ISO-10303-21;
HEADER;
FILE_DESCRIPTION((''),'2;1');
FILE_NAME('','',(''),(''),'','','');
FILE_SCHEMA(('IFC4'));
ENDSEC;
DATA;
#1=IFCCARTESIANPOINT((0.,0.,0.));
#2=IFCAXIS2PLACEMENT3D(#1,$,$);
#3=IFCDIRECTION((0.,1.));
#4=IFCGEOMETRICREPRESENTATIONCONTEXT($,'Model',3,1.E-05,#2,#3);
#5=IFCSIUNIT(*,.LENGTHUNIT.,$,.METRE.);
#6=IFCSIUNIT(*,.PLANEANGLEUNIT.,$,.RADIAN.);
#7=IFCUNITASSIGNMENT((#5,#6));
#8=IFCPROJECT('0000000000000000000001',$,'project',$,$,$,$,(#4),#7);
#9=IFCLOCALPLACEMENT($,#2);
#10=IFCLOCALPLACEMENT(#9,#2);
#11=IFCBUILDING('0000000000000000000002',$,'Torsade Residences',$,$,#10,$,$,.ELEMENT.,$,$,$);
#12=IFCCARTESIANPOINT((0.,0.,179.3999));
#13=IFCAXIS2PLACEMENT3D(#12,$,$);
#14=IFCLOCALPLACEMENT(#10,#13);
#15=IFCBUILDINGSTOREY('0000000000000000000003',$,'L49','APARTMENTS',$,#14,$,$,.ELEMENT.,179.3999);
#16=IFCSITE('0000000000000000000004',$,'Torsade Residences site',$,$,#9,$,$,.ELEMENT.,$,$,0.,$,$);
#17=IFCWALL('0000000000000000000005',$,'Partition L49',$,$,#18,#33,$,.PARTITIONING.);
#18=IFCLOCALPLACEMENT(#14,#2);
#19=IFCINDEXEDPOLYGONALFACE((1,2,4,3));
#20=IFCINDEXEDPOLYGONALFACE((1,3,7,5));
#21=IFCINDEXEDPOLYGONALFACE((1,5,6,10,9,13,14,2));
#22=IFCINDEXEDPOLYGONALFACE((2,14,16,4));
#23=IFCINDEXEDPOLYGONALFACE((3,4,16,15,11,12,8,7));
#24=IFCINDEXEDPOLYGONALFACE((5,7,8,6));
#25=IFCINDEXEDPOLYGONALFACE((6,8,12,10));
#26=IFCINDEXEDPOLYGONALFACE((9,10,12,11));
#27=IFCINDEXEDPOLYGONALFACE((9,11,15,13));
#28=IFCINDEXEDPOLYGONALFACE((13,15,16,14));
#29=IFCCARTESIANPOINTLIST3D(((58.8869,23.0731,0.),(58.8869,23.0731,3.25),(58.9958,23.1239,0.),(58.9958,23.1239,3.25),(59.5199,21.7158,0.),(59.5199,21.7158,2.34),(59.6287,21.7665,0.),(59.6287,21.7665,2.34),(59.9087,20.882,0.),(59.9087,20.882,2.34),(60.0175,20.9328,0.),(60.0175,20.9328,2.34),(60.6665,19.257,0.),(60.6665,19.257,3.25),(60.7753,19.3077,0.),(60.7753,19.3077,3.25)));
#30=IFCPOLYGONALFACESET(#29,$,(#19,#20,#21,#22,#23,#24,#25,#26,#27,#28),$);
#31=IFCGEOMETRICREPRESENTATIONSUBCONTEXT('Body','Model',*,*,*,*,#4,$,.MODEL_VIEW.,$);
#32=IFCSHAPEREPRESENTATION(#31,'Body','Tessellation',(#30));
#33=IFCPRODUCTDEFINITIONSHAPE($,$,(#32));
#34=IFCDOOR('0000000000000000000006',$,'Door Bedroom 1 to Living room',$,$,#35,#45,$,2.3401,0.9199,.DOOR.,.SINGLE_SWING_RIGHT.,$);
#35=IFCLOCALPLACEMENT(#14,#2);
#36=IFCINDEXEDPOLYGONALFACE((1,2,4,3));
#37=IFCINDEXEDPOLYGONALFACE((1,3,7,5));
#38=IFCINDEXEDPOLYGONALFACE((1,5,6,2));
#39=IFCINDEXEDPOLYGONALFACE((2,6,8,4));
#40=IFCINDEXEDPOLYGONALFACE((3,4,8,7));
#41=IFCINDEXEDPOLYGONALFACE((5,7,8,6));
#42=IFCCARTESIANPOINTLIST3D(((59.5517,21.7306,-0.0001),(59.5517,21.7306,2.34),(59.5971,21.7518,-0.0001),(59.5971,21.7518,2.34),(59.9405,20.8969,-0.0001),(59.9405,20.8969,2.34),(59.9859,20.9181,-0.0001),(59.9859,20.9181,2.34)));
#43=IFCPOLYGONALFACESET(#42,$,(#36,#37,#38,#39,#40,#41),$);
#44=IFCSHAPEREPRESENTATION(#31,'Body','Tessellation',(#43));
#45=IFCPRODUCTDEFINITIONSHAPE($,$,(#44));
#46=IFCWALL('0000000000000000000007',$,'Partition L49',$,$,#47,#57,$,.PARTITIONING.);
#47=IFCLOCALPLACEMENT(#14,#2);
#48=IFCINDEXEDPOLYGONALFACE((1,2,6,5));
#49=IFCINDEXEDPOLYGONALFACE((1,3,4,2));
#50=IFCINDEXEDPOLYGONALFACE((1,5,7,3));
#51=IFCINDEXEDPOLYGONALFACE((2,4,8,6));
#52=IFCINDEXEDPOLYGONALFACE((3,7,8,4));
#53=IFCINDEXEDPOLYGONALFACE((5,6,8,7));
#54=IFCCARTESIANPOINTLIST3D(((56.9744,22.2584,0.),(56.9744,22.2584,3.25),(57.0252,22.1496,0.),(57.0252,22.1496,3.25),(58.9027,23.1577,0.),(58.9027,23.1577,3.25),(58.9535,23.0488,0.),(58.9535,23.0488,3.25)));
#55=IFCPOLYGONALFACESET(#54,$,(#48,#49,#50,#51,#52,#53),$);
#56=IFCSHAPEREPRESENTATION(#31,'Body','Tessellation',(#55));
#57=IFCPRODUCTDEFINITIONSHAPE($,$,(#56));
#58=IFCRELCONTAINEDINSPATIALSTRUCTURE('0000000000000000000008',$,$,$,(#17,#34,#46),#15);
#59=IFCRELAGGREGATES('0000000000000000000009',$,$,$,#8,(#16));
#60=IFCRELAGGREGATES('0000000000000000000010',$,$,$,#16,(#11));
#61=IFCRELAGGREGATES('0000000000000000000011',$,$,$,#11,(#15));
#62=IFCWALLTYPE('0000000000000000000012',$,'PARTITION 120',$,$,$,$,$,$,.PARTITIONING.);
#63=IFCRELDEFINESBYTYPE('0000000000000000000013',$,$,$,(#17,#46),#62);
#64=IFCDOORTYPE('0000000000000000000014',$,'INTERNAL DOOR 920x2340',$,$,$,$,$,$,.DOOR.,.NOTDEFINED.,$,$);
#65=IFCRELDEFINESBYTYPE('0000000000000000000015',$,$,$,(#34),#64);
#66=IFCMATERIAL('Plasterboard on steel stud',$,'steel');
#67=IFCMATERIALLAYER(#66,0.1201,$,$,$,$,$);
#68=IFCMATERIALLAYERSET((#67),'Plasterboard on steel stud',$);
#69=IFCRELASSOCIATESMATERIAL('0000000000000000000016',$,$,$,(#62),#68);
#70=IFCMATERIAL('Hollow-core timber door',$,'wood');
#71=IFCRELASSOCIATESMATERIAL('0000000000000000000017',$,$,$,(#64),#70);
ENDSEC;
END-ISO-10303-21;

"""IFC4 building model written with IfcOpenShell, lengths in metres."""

from ifc_helpers import new_model, si_unit, direction, frame, frame_2d, origin, place, context, subcontext, project, spatial, rectangle, extrude, material, layer, layer_set, type_object, element, fill, save


model = new_model("IFC4")

# Units and contexts
model_context = context("Model", 3, precision=1e-05, world=origin(), true_north=direction((0.0, 1.0)))
body_context = subcontext(model_context, "Body", "Model", "MODEL_VIEW")
ifc_project = project(units=[si_unit("LENGTHUNIT", "METRE"), si_unit("PLANEANGLEUNIT", "RADIAN")], contexts=[model_context])

# Site, building, storey
site_placement = place(None, origin())
site = spatial("IfcSite", under=ifc_project, at=site_placement, Name="Torsade Residences site", CompositionType="ELEMENT", RefElevation=0.0)
building_placement = place(site_placement, origin())
building = spatial("IfcBuilding", under=site, at=building_placement, Name="Torsade Residences", CompositionType="ELEMENT")
storey_placement = place(building_placement, frame((0.0, 0.0, 179.3999)))
storey = spatial("IfcBuildingStorey", under=building, at=storey_placement, Name="L49", Description="APARTMENTS", CompositionType="ELEMENT", Elevation=179.3999)

# Shared definitions
ifc_material_1 = material(Name="Plasterboard on steel stud", Category="steel")
ifc_layer_1 = layer(ifc_material_1, 0.1201)
ifc_layer_set_1 = layer_set([ifc_layer_1], Name="Plasterboard on steel stud")
wall_type_1 = type_object("IfcWallType", Name="PARTITION 120", PredefinedType="PARTITIONING", material=ifc_layer_set_1)

# Wall, opening, door
wall_1_placement = place(storey_placement, frame((60.7209, 19.2822, 0.0), z_axis=(0.0, 0.0, 1.0), x_axis=(-0.422625, 0.906305, 0.0)))
wall_1 = element("IfcWall", 1, at=wall_1_placement, inside=storey, type_object=wall_type_1, Name="Partition L49", PredefinedType="PARTITIONING", context=body_context, shape_type="SweptSolid", body=[
    extrude(rectangle(XDim=4.2107, YDim=0.1201, at=frame_2d((2.1055, 0.0))), origin(), (0.0, 0.0, 1.0), 3.25),
])
opening_1_placement = place(wall_1_placement, frame((1.7932, 0.0, 0.0)))
opening_1 = element("IfcOpeningElement", 2, at=opening_1_placement, cuts=wall_1, PredefinedType="OPENING", context=body_context, shape_type="SweptSolid", body=[
    extrude(rectangle(XDim=0.9199, YDim=2.3401, at=frame_2d((0.46, 1.1699))), frame((0.0, 0.0701, 0.0), z_axis=(0.0, -1.0, 0.0), x_axis=(1.0, 0.0, 0.0)), (0.0, 0.0, 1.0), 0.1401),
])
ifc_material_2 = material(Name="Hollow-core timber door", Category="wood")
door_type_1 = type_object("IfcDoorType", Name="INTERNAL DOOR 920x2340", OperationType="NOTDEFINED", PredefinedType="DOOR", material=ifc_material_2)
door_1_placement = place(opening_1_placement, origin())
door_1 = element("IfcDoor", 3, at=door_1_placement, inside=storey, type_object=door_type_1, Name="Door Bedroom 1 to Living room", OperationType="SINGLE_SWING_RIGHT", OverallHeight=2.3401, OverallWidth=0.9199, PredefinedType="DOOR", context=body_context, shape_type="SweptSolid", body=[
    extrude(rectangle(XDim=0.9199, YDim=2.3401, at=frame_2d((0.46, 1.1699))), frame((0.0, 0.0249, 0.0), z_axis=(0.0, -1.0, 0.0), x_axis=(1.0, 0.0, 0.0)), (0.0, 0.0, 1.0), 0.05),
])
fill(opening_1, door_1)

# Wall
wall_2_placement = place(storey_placement, frame((58.9282, 23.1033, 0.0), z_axis=(0.0, 0.0, 1.0), x_axis=(-0.906303, -0.422628, 0.0)))
element("IfcWall", 4, at=wall_2_placement, inside=storey, type_object=wall_type_1, Name="Partition L49", PredefinedType="PARTITIONING", context=body_context, shape_type="SweptSolid", body=[
    extrude(rectangle(XDim=2.1277, YDim=0.1201, at=frame_2d((1.064, 0.0))), origin(), (0.0, 0.0, 1.0), 3.25),
])

save(model, "model.ifc")
